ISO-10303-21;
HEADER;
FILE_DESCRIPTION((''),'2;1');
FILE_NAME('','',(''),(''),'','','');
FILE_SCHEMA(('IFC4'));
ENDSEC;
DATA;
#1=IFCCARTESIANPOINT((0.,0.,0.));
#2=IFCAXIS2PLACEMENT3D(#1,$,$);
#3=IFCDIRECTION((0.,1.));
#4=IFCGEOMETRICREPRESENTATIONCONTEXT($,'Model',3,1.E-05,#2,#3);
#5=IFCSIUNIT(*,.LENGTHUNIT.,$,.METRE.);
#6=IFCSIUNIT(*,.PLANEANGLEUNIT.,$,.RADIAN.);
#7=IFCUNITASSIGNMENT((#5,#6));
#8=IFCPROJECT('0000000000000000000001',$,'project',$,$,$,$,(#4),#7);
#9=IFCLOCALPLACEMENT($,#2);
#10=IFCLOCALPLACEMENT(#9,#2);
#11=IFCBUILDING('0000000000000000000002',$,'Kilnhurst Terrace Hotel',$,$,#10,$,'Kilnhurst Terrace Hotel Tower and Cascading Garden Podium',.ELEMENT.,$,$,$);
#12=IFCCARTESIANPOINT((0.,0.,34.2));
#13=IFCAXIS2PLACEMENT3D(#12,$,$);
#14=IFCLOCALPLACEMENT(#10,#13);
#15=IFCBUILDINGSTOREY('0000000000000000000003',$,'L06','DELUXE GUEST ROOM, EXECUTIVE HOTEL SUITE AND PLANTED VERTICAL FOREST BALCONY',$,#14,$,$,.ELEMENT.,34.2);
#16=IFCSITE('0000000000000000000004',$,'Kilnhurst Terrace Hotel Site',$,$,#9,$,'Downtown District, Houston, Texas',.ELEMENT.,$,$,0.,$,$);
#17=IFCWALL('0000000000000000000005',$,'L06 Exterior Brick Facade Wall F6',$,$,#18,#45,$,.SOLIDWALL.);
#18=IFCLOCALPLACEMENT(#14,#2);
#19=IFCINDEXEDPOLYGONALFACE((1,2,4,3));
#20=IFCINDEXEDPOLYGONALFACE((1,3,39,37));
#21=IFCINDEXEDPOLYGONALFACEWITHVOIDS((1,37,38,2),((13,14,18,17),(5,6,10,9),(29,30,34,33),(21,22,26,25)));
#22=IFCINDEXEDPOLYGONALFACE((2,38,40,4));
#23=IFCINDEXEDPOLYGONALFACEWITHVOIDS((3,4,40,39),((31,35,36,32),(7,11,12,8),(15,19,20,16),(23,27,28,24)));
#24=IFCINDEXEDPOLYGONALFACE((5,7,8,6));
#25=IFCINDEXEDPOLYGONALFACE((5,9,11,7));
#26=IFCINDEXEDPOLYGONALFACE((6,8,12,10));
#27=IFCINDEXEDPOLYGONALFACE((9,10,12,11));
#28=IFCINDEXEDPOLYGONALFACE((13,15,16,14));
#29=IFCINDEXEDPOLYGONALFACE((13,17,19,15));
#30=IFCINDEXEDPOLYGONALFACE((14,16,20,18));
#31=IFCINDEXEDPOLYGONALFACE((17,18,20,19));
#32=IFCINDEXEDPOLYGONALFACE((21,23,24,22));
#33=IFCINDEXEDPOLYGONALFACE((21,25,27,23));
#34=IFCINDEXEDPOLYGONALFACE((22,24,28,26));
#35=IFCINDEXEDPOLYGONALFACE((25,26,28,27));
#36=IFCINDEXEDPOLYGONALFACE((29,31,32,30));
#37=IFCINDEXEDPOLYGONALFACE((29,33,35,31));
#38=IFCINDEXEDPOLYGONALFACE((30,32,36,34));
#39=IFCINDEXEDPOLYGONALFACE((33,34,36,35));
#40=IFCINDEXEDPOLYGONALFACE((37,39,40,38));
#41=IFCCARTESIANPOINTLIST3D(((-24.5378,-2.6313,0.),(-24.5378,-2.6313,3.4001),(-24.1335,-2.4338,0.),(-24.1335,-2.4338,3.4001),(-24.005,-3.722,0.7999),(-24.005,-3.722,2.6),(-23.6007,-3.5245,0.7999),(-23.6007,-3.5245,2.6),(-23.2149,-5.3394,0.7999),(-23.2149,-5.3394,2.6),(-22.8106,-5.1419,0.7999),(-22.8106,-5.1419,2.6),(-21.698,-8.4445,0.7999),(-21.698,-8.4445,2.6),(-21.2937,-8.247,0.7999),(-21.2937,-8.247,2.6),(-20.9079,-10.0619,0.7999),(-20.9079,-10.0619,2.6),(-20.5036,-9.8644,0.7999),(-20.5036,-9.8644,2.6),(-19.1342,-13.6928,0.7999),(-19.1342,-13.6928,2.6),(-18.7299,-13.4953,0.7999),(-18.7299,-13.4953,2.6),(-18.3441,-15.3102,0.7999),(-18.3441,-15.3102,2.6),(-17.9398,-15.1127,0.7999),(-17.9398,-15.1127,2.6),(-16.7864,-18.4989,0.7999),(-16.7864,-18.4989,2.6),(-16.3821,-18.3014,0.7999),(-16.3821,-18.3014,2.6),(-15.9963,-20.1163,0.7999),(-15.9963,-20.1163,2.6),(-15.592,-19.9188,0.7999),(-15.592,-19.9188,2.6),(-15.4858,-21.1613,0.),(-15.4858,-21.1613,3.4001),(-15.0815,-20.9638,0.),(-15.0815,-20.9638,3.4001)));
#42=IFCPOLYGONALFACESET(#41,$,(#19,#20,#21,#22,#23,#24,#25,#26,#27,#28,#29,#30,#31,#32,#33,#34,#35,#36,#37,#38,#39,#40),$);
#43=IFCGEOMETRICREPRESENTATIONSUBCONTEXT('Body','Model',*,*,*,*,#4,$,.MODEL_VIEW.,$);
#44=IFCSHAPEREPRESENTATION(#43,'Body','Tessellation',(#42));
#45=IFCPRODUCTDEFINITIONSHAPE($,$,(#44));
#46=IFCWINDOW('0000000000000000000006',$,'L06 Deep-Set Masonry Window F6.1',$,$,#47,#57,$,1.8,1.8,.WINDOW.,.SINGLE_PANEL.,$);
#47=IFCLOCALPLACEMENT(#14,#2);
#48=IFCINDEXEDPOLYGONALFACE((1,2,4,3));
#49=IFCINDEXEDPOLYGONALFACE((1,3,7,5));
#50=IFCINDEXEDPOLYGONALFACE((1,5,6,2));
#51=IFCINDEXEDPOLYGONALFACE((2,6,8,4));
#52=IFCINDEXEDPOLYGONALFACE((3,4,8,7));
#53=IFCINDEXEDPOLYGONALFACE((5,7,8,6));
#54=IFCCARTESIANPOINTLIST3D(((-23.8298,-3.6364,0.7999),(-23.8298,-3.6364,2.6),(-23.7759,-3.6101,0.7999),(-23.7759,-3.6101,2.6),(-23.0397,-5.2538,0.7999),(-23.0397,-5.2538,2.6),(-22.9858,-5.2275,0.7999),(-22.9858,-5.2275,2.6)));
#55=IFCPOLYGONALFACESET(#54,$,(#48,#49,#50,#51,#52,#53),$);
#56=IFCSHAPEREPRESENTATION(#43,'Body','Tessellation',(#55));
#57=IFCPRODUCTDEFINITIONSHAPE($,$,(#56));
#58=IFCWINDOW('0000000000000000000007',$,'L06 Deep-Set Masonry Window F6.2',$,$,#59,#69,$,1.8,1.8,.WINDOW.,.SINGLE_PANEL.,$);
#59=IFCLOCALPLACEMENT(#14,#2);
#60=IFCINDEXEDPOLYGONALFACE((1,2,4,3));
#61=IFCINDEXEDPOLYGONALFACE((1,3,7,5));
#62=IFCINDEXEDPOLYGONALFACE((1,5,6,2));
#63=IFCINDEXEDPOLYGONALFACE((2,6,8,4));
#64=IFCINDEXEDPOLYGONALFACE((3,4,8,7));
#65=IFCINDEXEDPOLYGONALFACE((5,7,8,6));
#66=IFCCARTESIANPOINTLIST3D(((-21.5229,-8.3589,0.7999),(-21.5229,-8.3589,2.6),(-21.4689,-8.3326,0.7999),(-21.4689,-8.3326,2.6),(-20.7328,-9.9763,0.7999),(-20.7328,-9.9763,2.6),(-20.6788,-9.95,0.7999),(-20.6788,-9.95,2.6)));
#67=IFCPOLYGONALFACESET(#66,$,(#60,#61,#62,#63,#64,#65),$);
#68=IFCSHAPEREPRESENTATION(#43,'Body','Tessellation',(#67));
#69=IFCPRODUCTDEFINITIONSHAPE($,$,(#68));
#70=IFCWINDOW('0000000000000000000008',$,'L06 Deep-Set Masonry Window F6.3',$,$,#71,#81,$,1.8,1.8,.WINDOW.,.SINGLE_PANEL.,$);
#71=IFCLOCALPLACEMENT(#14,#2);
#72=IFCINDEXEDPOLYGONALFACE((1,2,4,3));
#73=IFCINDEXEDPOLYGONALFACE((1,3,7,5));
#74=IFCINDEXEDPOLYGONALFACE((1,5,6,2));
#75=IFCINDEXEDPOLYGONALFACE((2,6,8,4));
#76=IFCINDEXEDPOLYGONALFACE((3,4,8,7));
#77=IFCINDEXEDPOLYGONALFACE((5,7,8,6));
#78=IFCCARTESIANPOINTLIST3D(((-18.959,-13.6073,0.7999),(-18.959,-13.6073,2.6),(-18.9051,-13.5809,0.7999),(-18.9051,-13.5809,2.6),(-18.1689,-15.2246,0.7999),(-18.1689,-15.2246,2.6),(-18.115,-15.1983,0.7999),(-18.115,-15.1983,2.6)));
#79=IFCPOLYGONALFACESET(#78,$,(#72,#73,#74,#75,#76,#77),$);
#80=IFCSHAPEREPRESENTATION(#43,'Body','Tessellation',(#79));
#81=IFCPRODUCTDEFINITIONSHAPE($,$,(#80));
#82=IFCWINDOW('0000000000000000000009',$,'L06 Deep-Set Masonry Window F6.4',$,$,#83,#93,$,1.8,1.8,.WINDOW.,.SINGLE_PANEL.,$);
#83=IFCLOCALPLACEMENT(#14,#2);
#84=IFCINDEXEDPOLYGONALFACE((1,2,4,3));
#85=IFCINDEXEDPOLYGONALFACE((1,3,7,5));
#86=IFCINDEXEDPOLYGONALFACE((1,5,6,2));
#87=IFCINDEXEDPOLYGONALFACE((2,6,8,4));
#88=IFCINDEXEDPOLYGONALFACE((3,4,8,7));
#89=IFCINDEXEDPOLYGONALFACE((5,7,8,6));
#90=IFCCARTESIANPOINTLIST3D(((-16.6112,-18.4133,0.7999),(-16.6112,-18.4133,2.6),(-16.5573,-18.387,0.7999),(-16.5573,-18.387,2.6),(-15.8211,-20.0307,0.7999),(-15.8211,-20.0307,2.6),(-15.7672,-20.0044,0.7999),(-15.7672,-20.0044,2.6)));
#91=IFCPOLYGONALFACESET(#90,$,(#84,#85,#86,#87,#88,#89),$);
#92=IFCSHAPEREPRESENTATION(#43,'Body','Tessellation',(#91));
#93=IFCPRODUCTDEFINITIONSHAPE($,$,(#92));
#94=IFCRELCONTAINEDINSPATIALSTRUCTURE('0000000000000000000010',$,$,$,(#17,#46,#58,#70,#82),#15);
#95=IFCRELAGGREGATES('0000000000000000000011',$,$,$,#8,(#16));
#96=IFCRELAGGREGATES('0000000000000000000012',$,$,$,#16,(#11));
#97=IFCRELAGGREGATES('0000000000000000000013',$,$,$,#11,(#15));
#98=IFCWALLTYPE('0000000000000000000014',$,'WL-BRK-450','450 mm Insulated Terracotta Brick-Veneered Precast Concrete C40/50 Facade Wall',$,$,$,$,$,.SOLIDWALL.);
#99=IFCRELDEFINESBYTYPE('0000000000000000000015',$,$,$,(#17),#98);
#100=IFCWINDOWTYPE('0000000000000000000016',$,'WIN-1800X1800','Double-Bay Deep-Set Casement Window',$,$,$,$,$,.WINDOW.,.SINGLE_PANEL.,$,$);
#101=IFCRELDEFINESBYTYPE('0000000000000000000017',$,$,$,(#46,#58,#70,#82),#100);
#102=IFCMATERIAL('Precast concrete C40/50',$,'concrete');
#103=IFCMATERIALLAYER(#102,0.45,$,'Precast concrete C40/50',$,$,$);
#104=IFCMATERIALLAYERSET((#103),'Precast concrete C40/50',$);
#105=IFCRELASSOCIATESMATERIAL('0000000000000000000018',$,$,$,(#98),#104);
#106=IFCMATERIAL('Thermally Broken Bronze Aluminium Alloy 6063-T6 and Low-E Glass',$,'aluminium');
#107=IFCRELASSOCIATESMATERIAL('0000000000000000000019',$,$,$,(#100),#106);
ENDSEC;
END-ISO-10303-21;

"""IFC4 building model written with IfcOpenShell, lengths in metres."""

from ifc_helpers import new_model, si_unit, direction, frame, frame_2d, origin, place, context, subcontext, project, spatial, rectangle, extrude, material, layer, layer_set, type_object, element, fill, save


model = new_model("IFC4")

# Units and contexts
model_context = context("Model", 3, precision=1e-05, world=origin(), true_north=direction((0.0, 1.0)))
body_context = subcontext(model_context, "Body", "Model", "MODEL_VIEW")
ifc_project = project(units=[si_unit("LENGTHUNIT", "METRE"), si_unit("PLANEANGLEUNIT", "RADIAN")], contexts=[model_context])

# Site, building, storey
site_placement = place(None, origin())
site = spatial("IfcSite", under=ifc_project, at=site_placement, Name="Kilnhurst Terrace Hotel Site", LongName="Downtown District, Houston, Texas", CompositionType="ELEMENT", RefElevation=0.0)
building_placement = place(site_placement, origin())
building = spatial("IfcBuilding", under=site, at=building_placement, Name="Kilnhurst Terrace Hotel", LongName="Kilnhurst Terrace Hotel Tower and Cascading Garden Podium", CompositionType="ELEMENT")
storey_placement = place(building_placement, frame((0.0, 0.0, 34.2)))
storey = spatial("IfcBuildingStorey", under=building, at=storey_placement, Name="L06", Description="DELUXE GUEST ROOM, EXECUTIVE HOTEL SUITE AND PLANTED VERTICAL FOREST BALCONY", CompositionType="ELEMENT", Elevation=34.2)

# Shared definitions
ifc_material_1 = material(Name="Precast concrete C40/50", Category="concrete")
ifc_layer_1 = layer(ifc_material_1, 0.45, Name="Precast concrete C40/50")
ifc_layer_set_1 = layer_set([ifc_layer_1], Name="Precast concrete C40/50")
wall_type_1 = type_object("IfcWallType", Name="WL-BRK-450", Description="450 mm Insulated Terracotta Brick-Veneered Precast Concrete C40/50 Facade Wall", PredefinedType="SOLIDWALL", material=ifc_layer_set_1)

# Wall, openings, windows
wall_1_placement = place(storey_placement, frame((-24.3357, -2.5325, 0.0), z_axis=(0.0, 0.0, 1.0), x_axis=(0.438931, -0.898521, 0.0)))
wall_1 = element("IfcWall", 1, at=wall_1_placement, inside=storey, type_object=wall_type_1, Name="L06 Exterior Brick Facade Wall F6", PredefinedType="SOLIDWALL", context=body_context, shape_type="SweptSolid", body=[
    extrude(rectangle(XDim=20.6228, YDim=0.45, at=frame_2d((10.3115, 0.0))), origin(), (0.0, 0.0, 1.0), 3.4001),
])
opening_1_placement = place(wall_1_placement, frame((1.2141, 0.0, 0.8)))
opening_1 = element("IfcOpeningElement", 2, at=opening_1_placement, cuts=wall_1, PredefinedType="OPENING", context=body_context, shape_type="SweptSolid", body=[
    extrude(rectangle(XDim=1.8, YDim=1.8, at=frame_2d((0.8999, 0.8999))), frame((0.0, 0.2349, 0.0), z_axis=(0.0, -1.0, 0.0), x_axis=(1.0, 0.0, 0.0)), (0.0, 0.0, 1.0), 0.47),
])
opening_2_placement = place(wall_1_placement, frame((6.47, 0.0, 0.8)))
opening_2 = element("IfcOpeningElement", 3, at=opening_2_placement, cuts=wall_1, PredefinedType="OPENING", context=body_context, shape_type="SweptSolid", body=[
    extrude(rectangle(XDim=1.8, YDim=1.8, at=frame_2d((0.8999, 0.8999))), frame((0.0, 0.2349, 0.0), z_axis=(0.0, -1.0, 0.0), x_axis=(1.0, 0.0, 0.0)), (0.0, 0.0, 1.0), 0.47),
])
opening_3_placement = place(wall_1_placement, frame((12.311, 0.0, 0.8)))
opening_3 = element("IfcOpeningElement", 4, at=opening_3_placement, cuts=wall_1, PredefinedType="OPENING", context=body_context, shape_type="SweptSolid", body=[
    extrude(rectangle(XDim=1.8, YDim=1.8, at=frame_2d((0.8999, 0.8999))), frame((0.0, 0.2349, 0.0), z_axis=(0.0, -1.0, 0.0), x_axis=(1.0, 0.0, 0.0)), (0.0, 0.0, 1.0), 0.47),
])
opening_4_placement = place(wall_1_placement, frame((17.6599, 0.0, 0.8)))
opening_4 = element("IfcOpeningElement", 5, at=opening_4_placement, cuts=wall_1, PredefinedType="OPENING", context=body_context, shape_type="SweptSolid", body=[
    extrude(rectangle(XDim=1.8, YDim=1.8, at=frame_2d((0.8999, 0.8999))), frame((0.0, 0.2349, 0.0), z_axis=(0.0, -1.0, 0.0), x_axis=(1.0, 0.0, 0.0)), (0.0, 0.0, 1.0), 0.47),
])
ifc_material_2 = material(Name="Thermally Broken Bronze Aluminium Alloy 6063-T6 and Low-E Glass", Category="aluminium")
window_type = type_object("IfcWindowType", Name="WIN-1800X1800", Description="Double-Bay Deep-Set Casement Window", PartitioningType="SINGLE_PANEL", PredefinedType="WINDOW", material=ifc_material_2)
window_1_placement = place(opening_1_placement, origin())
window_1 = element("IfcWindow", 6, at=window_1_placement, inside=storey, type_object=window_type, Name="L06 Deep-Set Masonry Window F6.1", OverallHeight=1.8, OverallWidth=1.8, PartitioningType="SINGLE_PANEL", PredefinedType="WINDOW", context=body_context, shape_type="SweptSolid", body=[
    extrude(rectangle(XDim=1.8, YDim=1.8, at=frame_2d((0.8999, 0.8999))), frame((0.0, 0.03, 0.0), z_axis=(0.0, -1.0, 0.0), x_axis=(1.0, 0.0, 0.0)), (0.0, 0.0, 1.0), 0.0601),
])
fill(opening_1, window_1)
window_2_placement = place(opening_2_placement, origin())
window_2 = element("IfcWindow", 7, at=window_2_placement, inside=storey, type_object=window_type, Name="L06 Deep-Set Masonry Window F6.2", OverallHeight=1.8, OverallWidth=1.8, PartitioningType="SINGLE_PANEL", PredefinedType="WINDOW", context=body_context, shape_type="SweptSolid", body=[
    extrude(rectangle(XDim=1.8, YDim=1.8, at=frame_2d((0.8999, 0.8999))), frame((0.0, 0.03, 0.0), z_axis=(0.0, -1.0, 0.0), x_axis=(1.0, 0.0, 0.0)), (0.0, 0.0, 1.0), 0.0601),
])
fill(opening_2, window_2)
window_3_placement = place(opening_3_placement, origin())
window_3 = element("IfcWindow", 8, at=window_3_placement, inside=storey, type_object=window_type, Name="L06 Deep-Set Masonry Window F6.3", OverallHeight=1.8, OverallWidth=1.8, PartitioningType="SINGLE_PANEL", PredefinedType="WINDOW", context=body_context, shape_type="SweptSolid", body=[
    extrude(rectangle(XDim=1.8, YDim=1.8, at=frame_2d((0.8999, 0.8999))), frame((0.0, 0.03, 0.0), z_axis=(0.0, -1.0, 0.0), x_axis=(1.0, 0.0, 0.0)), (0.0, 0.0, 1.0), 0.0601),
])
fill(opening_3, window_3)
window_4_placement = place(opening_4_placement, origin())
window_4 = element("IfcWindow", 9, at=window_4_placement, inside=storey, type_object=window_type, Name="L06 Deep-Set Masonry Window F6.4", OverallHeight=1.8, OverallWidth=1.8, PartitioningType="SINGLE_PANEL", PredefinedType="WINDOW", context=body_context, shape_type="SweptSolid", body=[
    extrude(rectangle(XDim=1.8, YDim=1.8, at=frame_2d((0.8999, 0.8999))), frame((0.0, 0.03, 0.0), z_axis=(0.0, -1.0, 0.0), x_axis=(1.0, 0.0, 0.0)), (0.0, 0.0, 1.0), 0.0601),
])
fill(opening_4, window_4)

save(model, "model.ifc")
